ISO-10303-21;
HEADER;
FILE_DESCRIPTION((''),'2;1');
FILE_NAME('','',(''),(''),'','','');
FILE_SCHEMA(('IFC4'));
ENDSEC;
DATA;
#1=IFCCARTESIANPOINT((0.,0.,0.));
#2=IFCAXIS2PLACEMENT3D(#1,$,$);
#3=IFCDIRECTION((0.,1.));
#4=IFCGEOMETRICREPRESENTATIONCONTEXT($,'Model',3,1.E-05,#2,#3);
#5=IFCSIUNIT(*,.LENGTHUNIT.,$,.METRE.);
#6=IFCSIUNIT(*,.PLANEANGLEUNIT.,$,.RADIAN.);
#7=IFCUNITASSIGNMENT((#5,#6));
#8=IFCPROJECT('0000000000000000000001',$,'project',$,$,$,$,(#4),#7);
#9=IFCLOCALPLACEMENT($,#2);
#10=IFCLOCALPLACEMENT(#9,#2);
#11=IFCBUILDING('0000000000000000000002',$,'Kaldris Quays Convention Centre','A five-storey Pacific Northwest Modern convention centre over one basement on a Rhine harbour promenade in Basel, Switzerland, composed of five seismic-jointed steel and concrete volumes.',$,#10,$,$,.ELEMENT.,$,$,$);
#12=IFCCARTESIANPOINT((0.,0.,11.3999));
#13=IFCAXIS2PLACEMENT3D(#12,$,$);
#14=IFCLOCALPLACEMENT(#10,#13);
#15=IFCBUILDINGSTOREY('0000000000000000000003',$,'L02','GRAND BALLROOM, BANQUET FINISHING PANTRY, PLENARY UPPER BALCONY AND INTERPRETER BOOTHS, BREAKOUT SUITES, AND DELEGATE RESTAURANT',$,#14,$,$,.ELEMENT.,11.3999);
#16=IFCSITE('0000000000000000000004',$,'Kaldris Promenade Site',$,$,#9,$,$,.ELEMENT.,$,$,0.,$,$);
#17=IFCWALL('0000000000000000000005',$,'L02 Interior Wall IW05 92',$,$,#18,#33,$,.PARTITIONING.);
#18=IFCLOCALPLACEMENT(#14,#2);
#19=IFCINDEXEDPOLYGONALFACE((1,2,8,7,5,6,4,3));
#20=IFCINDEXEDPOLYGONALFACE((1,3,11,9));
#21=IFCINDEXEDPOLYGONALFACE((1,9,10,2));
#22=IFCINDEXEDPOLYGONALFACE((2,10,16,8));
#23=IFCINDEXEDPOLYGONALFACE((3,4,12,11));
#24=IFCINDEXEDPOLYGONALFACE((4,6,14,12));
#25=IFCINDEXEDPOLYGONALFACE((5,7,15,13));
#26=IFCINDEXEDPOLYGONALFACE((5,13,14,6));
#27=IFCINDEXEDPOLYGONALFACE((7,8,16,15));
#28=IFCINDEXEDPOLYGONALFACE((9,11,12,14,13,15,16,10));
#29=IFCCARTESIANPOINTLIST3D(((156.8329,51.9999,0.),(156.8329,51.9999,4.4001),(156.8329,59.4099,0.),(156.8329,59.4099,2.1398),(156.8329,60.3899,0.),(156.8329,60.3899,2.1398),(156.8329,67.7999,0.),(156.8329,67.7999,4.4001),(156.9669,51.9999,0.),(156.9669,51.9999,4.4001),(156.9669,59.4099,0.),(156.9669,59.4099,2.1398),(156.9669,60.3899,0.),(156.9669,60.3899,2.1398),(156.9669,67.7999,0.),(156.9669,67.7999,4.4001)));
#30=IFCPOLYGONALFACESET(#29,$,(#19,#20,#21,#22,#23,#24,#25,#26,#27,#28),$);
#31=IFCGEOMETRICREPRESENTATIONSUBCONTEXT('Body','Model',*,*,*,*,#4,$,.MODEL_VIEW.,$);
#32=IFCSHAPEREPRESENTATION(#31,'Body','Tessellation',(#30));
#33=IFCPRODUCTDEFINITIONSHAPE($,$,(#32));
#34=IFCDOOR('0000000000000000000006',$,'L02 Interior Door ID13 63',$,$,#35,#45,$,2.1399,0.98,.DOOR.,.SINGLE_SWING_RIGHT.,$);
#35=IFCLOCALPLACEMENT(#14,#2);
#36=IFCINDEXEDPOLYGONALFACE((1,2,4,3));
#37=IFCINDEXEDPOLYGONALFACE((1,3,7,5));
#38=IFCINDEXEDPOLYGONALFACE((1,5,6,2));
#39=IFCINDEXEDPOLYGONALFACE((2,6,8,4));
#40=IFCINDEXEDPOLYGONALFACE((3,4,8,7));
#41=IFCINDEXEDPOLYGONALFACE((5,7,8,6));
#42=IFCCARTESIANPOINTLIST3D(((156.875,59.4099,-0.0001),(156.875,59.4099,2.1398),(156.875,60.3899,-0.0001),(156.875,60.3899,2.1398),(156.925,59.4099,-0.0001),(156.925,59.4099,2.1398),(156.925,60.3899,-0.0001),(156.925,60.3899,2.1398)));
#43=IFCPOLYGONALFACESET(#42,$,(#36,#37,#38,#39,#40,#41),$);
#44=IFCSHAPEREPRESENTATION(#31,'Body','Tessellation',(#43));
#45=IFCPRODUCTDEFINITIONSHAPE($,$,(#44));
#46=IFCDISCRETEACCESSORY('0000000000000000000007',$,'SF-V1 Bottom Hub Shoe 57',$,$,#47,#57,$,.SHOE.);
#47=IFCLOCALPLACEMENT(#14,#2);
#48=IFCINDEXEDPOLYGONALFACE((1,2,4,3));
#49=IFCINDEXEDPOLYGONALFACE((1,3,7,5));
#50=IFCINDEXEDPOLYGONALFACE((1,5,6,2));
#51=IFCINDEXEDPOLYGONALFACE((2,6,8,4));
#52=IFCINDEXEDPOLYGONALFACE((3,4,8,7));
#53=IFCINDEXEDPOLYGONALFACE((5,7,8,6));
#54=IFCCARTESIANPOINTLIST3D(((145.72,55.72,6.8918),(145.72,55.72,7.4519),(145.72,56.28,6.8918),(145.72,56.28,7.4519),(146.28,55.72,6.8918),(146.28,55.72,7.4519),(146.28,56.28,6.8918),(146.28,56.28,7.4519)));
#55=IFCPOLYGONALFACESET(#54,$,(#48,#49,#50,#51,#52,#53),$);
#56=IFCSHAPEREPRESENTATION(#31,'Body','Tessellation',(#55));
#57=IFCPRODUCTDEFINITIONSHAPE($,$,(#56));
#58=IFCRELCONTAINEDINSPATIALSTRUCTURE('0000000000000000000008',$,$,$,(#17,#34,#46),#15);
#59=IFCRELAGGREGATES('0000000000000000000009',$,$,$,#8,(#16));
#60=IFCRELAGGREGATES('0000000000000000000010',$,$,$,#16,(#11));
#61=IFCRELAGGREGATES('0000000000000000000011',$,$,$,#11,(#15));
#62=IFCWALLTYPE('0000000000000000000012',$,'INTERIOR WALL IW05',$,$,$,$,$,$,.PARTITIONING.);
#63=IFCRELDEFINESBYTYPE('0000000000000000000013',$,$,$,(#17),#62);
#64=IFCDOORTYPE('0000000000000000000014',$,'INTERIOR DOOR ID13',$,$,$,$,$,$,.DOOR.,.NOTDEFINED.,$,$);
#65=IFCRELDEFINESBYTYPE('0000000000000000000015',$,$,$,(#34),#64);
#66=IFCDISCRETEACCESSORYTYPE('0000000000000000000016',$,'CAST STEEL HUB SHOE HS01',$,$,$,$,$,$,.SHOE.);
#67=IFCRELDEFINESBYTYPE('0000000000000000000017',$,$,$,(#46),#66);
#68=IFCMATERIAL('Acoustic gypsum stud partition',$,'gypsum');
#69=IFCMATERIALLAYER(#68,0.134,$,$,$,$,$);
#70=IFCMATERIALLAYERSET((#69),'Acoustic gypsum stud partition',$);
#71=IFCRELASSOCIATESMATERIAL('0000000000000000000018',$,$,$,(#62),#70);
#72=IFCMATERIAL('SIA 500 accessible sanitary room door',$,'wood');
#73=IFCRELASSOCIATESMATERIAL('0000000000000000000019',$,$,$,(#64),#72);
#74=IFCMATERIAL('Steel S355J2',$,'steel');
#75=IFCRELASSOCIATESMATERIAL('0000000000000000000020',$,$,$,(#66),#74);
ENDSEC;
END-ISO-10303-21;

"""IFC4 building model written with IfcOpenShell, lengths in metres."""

from ifc_helpers import new_model, si_unit, direction, frame, frame_2d, origin, origin_2d, place, context, subcontext, project, spatial, rectangle, extrude, material, layer, layer_set, type_object, element, fill, save


model = new_model("IFC4")

# Units and contexts
model_context = context("Model", 3, precision=1e-05, world=origin(), true_north=direction((0.0, 1.0)))
body_context = subcontext(model_context, "Body", "Model", "MODEL_VIEW")
ifc_project = project(units=[si_unit("LENGTHUNIT", "METRE"), si_unit("PLANEANGLEUNIT", "RADIAN")], contexts=[model_context])

# Site, building, storey
site_placement = place(None, origin())
site = spatial("IfcSite", under=ifc_project, at=site_placement, Name="Kaldris Promenade Site", CompositionType="ELEMENT", RefElevation=0.0)
building_placement = place(site_placement, origin())
building = spatial("IfcBuilding", under=site, at=building_placement, Name="Kaldris Quays Convention Centre", Description="A five-storey Pacific Northwest Modern convention centre over one basement on a Rhine harbour promenade in Basel, Switzerland, composed of five seismic-jointed steel and concrete volumes.", CompositionType="ELEMENT")
storey_placement = place(building_placement, frame((0.0, 0.0, 11.3999)))
storey = spatial("IfcBuildingStorey", under=building, at=storey_placement, Name="L02", Description="GRAND BALLROOM, BANQUET FINISHING PANTRY, PLENARY UPPER BALCONY AND INTERPRETER BOOTHS, BREAKOUT SUITES, AND DELEGATE RESTAURANT", CompositionType="ELEMENT", Elevation=11.3999)

# Shared definitions
ifc_material_1 = material(Name="Steel S355J2", Category="steel")

# Wall, opening, door
ifc_material_2 = material(Name="Acoustic gypsum stud partition", Category="gypsum")
ifc_layer_1 = layer(ifc_material_2, 0.134)
ifc_layer_set_1 = layer_set([ifc_layer_1], Name="Acoustic gypsum stud partition")
wall_type_1 = type_object("IfcWallType", Name="INTERIOR WALL IW05", PredefinedType="PARTITIONING", material=ifc_layer_set_1)
wall_1_placement = place(storey_placement, frame((156.8999, 52.0, 0.0), z_axis=(0.0, 0.0, 1.0), x_axis=(0.0, 1.0, 0.0)))
wall_1 = element("IfcWall", 1, at=wall_1_placement, inside=storey, type_object=wall_type_1, Name="L02 Interior Wall IW05 92", PredefinedType="PARTITIONING", context=body_context, shape_type="SweptSolid", body=[
    extrude(rectangle(XDim=15.8, YDim=0.134, at=frame_2d((7.8999, 0.0))), origin(), (0.0, 0.0, 1.0), 4.4001),
])
opening_placement = place(wall_1_placement, frame((7.4099, 0.0, 0.0)))
opening = element("IfcOpeningElement", 2, at=opening_placement, cuts=wall_1, PredefinedType="OPENING", context=body_context, shape_type="SweptSolid", body=[
    extrude(rectangle(XDim=0.98, YDim=2.1399, at=frame_2d((0.49, 1.0698))), frame((0.0, 0.0771, 0.0), z_axis=(0.0, -1.0, 0.0), x_axis=(1.0, 0.0, 0.0)), (0.0, 0.0, 1.0), 0.1541),
])
ifc_material_3 = material(Name="SIA 500 accessible sanitary room door", Category="wood")
door_type = type_object("IfcDoorType", Name="INTERIOR DOOR ID13", OperationType="NOTDEFINED", PredefinedType="DOOR", material=ifc_material_3)
door_placement = place(opening_placement, origin())
door = element("IfcDoor", 3, at=door_placement, inside=storey, type_object=door_type, Name="L02 Interior Door ID13 63", OperationType="SINGLE_SWING_RIGHT", OverallHeight=2.1399, OverallWidth=0.98, PredefinedType="DOOR", context=body_context, shape_type="SweptSolid", body=[
    extrude(rectangle(XDim=0.98, YDim=2.1399, at=frame_2d((0.49, 1.0698))), frame((0.0, 0.0249, 0.0), z_axis=(0.0, -1.0, 0.0), x_axis=(1.0, 0.0, 0.0)), (0.0, 0.0, 1.0), 0.05),
])
fill(opening, door)

# Discrete accessory
discrete_accessory_type = type_object("IfcDiscreteAccessoryType", Name="CAST STEEL HUB SHOE HS01", PredefinedType="SHOE", material=ifc_material_1)
discrete_accessory_placement = place(storey_placement, frame((146.0, 56.0, 6.8918), z_axis=(0.0, 0.0, 1.0), x_axis=(1.0, 0.0, 0.0)))
element("IfcDiscreteAccessory", 4, at=discrete_accessory_placement, inside=storey, type_object=discrete_accessory_type, Name="SF-V1 Bottom Hub Shoe 57", PredefinedType="SHOE", context=body_context, shape_type="SweptSolid", body=[
    extrude(rectangle(XDim=0.5601, YDim=0.5601, at=origin_2d()), origin(), (0.0, 0.0, 1.0), 0.5601),
])

save(model, "model.ifc")
